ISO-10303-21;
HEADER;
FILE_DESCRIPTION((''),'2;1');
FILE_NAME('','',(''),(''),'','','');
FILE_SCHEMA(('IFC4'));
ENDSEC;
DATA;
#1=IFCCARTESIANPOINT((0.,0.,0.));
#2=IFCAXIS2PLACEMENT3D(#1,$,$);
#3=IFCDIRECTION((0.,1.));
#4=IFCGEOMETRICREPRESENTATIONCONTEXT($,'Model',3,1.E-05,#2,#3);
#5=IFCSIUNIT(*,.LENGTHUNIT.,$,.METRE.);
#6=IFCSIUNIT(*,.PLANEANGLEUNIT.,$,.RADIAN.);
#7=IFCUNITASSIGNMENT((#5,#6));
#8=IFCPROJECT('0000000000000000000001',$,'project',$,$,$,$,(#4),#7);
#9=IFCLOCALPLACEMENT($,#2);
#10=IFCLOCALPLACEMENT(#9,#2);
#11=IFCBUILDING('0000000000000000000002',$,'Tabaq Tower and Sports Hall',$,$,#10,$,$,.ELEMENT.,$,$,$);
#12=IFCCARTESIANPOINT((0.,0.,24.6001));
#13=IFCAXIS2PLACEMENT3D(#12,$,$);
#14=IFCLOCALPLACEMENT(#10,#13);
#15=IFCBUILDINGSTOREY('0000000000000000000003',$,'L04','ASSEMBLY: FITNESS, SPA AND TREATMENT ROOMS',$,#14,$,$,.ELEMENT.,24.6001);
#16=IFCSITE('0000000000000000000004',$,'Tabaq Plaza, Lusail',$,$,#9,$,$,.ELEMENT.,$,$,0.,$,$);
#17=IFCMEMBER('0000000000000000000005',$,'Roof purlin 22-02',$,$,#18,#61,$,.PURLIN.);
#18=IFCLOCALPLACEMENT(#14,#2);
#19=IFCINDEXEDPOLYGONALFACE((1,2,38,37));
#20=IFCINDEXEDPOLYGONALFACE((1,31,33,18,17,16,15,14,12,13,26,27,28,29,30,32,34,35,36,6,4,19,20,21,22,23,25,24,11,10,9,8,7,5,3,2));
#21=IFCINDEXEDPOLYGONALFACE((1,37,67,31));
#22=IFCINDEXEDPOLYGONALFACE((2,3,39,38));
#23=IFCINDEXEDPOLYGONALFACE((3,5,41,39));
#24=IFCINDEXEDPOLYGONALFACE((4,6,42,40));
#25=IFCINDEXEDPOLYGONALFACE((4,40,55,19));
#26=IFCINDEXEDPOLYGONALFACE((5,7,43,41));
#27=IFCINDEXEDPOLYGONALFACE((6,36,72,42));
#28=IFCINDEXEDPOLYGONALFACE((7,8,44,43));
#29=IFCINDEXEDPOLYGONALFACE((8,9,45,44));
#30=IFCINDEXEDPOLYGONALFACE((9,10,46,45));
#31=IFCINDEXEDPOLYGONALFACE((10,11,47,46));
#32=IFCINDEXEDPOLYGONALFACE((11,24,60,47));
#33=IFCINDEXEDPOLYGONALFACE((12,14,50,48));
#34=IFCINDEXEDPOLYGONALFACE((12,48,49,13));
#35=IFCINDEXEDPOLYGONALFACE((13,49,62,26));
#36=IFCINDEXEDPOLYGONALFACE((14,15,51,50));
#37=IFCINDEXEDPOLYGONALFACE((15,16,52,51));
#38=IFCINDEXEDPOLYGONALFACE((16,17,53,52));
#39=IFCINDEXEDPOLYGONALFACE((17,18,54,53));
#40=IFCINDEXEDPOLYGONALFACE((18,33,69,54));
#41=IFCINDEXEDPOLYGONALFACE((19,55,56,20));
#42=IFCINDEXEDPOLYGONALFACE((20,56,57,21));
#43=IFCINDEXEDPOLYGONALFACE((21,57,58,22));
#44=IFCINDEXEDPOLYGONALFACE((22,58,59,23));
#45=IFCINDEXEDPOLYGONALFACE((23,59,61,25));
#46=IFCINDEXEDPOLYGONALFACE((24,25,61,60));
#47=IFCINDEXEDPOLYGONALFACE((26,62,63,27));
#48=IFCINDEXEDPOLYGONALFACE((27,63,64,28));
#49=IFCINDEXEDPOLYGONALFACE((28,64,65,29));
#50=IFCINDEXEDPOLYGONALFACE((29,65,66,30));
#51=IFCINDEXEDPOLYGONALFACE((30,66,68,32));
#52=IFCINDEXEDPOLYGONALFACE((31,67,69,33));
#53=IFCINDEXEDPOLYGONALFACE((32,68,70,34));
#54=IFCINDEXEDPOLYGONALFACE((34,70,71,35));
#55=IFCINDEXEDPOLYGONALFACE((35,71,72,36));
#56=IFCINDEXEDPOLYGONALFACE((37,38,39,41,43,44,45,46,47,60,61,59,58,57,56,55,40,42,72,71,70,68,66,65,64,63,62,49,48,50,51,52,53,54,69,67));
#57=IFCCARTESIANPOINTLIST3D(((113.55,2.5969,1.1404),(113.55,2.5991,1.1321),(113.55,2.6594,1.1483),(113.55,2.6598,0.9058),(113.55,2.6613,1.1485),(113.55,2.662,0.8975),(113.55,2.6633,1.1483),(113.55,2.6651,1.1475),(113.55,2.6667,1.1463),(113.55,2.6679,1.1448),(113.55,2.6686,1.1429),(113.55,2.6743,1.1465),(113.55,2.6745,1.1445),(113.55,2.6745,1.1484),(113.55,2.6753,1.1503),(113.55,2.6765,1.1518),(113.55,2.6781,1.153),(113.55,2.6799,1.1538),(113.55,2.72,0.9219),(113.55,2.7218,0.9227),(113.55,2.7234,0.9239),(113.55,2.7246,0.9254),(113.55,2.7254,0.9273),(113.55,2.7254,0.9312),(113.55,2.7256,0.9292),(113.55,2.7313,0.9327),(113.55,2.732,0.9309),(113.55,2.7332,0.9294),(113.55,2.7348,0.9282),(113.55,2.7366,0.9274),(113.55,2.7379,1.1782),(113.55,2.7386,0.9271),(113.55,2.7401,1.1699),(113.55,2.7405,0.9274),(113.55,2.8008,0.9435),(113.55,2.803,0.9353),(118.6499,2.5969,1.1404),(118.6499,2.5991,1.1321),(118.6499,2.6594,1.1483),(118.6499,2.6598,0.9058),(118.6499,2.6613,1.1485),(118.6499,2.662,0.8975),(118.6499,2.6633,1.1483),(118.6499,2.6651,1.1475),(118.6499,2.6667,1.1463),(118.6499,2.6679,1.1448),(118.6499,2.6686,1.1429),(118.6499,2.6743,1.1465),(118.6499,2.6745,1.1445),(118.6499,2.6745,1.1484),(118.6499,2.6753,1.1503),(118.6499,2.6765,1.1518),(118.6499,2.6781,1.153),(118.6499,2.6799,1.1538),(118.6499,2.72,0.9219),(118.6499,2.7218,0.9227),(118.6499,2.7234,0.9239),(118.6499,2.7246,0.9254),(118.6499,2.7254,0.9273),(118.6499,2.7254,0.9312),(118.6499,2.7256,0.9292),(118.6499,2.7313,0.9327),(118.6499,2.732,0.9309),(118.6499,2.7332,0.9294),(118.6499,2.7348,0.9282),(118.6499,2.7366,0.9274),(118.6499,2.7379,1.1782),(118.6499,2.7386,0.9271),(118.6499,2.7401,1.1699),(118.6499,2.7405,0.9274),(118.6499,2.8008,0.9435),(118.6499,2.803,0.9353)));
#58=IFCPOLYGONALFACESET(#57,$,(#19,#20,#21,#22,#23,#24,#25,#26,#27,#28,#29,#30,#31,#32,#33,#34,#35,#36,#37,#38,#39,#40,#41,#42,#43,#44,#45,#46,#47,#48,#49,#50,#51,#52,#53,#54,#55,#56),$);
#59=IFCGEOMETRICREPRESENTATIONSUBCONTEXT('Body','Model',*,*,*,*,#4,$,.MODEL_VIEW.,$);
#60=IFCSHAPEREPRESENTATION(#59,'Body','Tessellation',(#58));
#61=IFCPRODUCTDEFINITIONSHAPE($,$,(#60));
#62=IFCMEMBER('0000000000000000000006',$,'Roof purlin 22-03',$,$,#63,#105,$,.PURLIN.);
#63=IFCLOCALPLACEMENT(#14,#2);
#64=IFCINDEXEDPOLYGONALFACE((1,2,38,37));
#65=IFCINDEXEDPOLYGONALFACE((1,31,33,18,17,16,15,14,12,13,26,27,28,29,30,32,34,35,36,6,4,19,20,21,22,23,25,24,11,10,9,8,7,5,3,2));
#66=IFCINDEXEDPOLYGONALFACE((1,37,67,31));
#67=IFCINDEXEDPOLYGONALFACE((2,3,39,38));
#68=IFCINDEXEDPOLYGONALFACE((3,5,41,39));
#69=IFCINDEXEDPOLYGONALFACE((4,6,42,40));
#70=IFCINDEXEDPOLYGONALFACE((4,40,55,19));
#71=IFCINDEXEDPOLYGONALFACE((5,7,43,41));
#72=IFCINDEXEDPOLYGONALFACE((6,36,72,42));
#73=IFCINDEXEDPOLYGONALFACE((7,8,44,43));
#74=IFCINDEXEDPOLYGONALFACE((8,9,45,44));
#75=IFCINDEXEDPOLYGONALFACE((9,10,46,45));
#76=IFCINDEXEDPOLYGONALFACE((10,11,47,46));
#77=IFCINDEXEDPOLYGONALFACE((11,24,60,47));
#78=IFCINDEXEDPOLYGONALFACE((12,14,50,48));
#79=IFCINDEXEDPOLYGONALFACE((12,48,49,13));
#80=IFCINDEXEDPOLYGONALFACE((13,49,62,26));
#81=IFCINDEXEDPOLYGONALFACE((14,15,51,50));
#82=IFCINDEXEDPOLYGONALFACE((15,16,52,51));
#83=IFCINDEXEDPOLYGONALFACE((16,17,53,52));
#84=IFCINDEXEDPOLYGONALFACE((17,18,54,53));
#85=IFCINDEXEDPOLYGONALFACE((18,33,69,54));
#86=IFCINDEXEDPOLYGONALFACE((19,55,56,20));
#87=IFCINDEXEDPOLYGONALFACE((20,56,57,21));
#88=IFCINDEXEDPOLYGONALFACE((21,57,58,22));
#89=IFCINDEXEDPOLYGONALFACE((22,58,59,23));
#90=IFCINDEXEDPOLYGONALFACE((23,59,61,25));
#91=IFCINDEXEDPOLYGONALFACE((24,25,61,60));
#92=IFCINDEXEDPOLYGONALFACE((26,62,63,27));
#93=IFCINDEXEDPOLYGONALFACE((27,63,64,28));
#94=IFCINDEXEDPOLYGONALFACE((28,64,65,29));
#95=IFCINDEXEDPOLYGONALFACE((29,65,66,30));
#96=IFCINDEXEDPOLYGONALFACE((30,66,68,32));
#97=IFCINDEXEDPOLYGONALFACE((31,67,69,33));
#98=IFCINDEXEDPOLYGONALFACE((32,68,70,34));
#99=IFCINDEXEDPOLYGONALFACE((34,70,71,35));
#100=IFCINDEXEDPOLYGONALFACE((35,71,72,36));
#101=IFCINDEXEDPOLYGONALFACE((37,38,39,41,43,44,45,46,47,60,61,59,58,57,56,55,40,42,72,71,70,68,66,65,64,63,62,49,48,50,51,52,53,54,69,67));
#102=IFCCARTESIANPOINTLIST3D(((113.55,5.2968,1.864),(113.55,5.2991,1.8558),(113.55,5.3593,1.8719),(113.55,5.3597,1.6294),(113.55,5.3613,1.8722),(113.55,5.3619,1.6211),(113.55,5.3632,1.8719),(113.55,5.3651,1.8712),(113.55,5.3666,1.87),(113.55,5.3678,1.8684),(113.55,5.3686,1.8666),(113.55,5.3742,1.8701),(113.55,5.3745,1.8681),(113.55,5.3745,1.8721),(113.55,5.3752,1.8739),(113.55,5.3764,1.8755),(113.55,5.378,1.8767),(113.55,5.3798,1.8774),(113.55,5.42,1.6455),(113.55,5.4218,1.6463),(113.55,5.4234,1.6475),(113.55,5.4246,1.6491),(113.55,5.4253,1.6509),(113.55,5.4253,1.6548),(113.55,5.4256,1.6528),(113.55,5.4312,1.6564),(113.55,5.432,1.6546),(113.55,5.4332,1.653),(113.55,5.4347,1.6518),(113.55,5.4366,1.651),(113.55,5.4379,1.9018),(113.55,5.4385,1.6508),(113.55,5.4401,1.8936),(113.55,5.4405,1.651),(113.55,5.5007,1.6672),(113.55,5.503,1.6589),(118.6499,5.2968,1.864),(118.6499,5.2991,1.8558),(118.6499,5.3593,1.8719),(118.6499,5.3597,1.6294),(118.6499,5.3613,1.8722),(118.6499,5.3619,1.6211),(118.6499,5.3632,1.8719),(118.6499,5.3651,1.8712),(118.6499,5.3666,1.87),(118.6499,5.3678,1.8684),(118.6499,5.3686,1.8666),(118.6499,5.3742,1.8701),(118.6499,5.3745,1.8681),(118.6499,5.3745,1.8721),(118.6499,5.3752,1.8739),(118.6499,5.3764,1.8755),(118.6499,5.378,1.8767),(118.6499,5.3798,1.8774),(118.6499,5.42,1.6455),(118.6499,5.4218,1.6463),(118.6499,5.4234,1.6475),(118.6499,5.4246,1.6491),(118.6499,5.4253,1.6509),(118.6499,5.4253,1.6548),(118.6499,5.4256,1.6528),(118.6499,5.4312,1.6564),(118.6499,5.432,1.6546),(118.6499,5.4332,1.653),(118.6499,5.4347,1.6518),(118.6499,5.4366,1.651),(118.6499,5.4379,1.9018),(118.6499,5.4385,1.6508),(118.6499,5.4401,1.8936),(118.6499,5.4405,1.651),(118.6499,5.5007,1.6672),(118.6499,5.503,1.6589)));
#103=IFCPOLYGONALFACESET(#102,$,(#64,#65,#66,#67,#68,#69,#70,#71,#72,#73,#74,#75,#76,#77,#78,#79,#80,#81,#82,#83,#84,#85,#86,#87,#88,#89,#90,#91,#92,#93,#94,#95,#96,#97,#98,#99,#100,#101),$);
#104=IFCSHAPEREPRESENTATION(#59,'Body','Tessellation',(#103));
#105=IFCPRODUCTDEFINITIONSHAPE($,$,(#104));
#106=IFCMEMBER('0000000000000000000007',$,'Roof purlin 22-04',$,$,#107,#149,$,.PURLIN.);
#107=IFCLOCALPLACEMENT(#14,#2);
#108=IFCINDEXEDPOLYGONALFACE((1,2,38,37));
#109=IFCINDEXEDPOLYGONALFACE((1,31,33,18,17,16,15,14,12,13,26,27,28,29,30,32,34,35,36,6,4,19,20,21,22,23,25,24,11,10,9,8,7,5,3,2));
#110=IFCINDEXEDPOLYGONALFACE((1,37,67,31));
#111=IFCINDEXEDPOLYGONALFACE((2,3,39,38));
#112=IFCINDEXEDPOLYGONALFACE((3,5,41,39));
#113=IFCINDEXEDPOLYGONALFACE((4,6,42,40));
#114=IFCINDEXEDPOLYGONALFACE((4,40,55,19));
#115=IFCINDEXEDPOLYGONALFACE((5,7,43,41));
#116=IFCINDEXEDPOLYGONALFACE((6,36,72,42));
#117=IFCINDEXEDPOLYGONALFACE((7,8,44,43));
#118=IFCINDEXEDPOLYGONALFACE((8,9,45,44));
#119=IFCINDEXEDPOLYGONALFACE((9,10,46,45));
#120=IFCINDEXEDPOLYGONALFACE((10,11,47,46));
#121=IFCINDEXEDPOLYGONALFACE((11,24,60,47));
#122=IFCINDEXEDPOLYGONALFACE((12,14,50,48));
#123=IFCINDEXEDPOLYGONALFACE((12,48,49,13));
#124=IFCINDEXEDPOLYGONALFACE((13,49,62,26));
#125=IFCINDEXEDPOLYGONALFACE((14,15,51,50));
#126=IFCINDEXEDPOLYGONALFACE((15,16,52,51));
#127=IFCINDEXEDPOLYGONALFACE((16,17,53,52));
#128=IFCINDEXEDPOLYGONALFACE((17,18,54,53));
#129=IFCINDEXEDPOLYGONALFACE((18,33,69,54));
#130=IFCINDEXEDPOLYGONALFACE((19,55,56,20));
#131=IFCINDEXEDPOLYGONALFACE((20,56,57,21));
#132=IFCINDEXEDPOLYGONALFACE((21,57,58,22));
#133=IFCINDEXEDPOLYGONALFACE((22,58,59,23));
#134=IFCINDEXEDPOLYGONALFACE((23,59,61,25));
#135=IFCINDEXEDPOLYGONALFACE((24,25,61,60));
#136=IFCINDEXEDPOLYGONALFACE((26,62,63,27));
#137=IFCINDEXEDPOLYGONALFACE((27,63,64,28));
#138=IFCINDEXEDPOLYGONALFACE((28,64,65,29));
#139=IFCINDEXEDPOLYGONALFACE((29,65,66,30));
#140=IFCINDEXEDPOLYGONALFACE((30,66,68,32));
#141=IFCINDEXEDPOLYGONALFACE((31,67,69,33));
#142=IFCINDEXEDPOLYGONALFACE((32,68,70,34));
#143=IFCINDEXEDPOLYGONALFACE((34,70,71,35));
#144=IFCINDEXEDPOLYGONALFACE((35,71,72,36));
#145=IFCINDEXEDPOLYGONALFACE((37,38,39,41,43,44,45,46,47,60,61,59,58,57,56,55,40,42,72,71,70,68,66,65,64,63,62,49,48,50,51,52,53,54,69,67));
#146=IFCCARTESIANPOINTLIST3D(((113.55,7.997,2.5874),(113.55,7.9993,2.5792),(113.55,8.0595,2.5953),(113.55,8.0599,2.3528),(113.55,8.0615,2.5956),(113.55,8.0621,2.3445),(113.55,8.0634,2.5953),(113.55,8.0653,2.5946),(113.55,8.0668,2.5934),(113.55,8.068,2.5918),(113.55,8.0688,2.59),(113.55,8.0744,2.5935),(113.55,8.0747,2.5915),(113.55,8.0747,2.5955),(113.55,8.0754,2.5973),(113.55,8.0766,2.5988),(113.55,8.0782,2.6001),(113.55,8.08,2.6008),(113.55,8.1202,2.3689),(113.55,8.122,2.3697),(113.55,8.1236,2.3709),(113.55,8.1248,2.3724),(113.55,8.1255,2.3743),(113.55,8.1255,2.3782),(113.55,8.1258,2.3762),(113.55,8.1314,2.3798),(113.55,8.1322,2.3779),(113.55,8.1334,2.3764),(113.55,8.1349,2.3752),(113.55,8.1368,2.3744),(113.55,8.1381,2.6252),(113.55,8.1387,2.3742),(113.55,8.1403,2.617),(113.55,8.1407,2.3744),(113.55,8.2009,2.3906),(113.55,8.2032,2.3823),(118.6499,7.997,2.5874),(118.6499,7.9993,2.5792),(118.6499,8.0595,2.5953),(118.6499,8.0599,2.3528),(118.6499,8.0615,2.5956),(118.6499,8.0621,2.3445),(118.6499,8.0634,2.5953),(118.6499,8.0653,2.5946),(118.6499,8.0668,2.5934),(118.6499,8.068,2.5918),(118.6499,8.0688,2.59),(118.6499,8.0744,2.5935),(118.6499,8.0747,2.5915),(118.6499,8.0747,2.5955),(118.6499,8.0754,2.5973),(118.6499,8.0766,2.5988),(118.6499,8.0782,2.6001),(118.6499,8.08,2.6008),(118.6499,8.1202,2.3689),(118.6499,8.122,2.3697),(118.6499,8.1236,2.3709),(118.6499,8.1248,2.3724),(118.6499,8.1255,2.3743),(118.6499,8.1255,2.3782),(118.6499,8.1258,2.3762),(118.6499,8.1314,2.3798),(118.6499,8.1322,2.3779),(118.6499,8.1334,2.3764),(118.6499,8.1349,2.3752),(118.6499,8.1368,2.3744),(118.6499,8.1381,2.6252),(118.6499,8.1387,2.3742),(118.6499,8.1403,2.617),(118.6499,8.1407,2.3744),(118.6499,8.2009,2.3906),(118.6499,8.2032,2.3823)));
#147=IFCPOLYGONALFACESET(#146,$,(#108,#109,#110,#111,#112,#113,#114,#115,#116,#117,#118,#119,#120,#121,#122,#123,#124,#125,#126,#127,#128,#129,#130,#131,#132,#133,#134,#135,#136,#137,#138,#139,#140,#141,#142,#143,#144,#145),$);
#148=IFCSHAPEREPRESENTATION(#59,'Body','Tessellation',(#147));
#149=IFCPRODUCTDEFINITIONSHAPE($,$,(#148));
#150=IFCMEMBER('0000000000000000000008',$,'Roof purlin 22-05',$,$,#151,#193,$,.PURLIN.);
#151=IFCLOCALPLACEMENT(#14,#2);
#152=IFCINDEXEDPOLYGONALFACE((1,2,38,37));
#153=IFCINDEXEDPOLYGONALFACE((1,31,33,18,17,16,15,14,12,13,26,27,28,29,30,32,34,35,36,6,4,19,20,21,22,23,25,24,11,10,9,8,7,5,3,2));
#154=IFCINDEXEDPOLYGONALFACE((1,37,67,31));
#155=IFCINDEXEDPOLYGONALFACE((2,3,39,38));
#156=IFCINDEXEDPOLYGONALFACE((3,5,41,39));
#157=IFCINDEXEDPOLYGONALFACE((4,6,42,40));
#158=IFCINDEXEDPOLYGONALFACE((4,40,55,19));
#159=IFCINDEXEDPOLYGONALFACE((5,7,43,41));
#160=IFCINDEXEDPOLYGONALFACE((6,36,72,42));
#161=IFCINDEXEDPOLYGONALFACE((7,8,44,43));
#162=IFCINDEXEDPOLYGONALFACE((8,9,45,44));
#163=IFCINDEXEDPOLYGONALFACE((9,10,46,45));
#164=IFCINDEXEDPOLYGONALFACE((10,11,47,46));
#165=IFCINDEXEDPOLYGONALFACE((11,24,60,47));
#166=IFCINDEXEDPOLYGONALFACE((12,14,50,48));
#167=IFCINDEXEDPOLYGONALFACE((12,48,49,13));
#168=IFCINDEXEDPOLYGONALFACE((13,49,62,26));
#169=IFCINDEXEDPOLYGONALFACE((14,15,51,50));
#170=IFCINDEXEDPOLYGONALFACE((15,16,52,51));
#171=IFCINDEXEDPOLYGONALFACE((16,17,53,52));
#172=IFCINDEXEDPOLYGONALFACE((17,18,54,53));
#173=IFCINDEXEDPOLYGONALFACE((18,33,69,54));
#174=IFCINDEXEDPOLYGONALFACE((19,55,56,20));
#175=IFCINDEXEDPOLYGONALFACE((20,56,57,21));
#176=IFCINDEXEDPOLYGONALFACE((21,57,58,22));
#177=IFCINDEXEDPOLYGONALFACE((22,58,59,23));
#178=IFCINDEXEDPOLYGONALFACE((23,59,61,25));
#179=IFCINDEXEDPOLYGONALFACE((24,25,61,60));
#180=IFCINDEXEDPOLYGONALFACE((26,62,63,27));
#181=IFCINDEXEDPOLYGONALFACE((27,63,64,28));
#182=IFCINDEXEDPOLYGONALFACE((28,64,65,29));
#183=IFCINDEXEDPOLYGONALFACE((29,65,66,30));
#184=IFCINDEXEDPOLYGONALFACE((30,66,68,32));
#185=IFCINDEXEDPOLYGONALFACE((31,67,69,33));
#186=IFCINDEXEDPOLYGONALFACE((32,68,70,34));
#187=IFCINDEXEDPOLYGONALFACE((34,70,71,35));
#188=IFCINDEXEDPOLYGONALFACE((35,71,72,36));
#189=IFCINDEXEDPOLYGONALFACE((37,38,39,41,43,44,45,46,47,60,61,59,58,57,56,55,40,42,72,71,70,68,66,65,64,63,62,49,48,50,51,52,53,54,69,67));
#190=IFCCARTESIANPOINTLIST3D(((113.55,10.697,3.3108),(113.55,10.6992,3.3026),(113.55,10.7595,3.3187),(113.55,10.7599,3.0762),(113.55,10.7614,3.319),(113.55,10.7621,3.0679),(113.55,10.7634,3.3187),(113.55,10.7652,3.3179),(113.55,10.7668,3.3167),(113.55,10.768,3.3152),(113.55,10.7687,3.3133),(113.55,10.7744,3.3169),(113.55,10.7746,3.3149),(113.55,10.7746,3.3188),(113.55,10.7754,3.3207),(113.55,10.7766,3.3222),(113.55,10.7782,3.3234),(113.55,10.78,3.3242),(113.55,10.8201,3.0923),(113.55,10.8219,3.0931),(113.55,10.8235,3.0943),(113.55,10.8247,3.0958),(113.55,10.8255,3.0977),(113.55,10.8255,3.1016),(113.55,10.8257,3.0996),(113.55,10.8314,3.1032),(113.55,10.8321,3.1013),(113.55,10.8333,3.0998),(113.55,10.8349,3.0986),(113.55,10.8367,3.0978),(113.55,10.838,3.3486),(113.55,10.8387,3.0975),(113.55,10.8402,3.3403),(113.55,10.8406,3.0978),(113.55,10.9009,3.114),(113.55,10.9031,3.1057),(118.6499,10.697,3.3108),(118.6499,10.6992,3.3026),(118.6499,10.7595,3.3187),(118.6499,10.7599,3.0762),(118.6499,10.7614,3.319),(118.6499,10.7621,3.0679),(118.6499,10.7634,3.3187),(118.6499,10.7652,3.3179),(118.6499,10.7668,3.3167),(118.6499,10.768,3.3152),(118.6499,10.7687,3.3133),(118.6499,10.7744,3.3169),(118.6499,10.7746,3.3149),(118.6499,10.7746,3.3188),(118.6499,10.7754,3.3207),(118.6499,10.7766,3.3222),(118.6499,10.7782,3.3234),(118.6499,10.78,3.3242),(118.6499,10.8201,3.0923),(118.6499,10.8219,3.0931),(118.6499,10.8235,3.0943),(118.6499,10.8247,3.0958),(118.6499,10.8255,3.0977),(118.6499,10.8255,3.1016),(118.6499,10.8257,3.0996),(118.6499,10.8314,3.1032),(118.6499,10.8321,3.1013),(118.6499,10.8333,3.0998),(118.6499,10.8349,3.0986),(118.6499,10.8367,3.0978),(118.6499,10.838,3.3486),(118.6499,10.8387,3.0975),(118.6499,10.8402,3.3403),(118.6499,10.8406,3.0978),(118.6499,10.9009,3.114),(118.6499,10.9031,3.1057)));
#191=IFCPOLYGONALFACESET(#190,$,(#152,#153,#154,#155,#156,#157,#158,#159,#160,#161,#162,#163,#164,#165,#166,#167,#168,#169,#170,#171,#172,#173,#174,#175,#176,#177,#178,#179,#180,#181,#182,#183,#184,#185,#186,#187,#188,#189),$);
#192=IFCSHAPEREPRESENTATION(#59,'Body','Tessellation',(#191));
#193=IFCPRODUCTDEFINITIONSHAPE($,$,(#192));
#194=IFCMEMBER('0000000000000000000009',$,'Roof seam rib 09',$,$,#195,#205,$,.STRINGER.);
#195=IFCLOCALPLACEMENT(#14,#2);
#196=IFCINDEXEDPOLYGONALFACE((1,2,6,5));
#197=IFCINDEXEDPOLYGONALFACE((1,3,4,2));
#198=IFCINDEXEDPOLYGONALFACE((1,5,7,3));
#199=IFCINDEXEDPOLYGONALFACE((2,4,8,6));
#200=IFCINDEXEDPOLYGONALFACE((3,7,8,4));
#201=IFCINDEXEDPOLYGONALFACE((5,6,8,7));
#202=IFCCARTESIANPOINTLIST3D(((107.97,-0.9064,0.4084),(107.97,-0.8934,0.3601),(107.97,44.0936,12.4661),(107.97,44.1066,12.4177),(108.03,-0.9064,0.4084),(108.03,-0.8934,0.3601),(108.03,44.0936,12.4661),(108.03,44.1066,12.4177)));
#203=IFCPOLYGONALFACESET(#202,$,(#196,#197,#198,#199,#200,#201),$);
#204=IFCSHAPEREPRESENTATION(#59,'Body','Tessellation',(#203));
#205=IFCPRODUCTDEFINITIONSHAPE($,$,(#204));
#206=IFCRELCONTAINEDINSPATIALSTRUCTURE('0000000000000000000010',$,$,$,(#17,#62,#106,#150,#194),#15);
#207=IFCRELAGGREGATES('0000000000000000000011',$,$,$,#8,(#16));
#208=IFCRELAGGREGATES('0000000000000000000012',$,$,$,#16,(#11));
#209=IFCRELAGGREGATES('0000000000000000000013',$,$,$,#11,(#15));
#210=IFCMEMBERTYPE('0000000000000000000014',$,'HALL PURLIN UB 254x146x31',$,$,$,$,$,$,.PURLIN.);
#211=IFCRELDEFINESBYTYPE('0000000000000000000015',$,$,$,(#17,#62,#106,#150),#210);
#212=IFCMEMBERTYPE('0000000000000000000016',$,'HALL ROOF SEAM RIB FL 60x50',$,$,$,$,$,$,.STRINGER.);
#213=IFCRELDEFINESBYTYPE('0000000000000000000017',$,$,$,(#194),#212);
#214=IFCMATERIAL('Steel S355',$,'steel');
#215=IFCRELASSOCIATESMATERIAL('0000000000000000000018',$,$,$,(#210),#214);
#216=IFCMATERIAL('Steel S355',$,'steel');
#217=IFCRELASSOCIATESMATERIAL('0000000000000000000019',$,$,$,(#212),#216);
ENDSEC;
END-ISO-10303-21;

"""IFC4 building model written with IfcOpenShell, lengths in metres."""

from ifc_helpers import new_model, si_unit, direction, frame, origin, origin_2d, place, context, subcontext, project, spatial, rectangle, i_section, extrude, material, material_profile, profile_set, type_object, element, save


model = new_model("IFC4")

# Units and contexts
model_context = context("Model", 3, precision=1e-05, world=origin(), true_north=direction((0.0, 1.0)))
body_context = subcontext(model_context, "Body", "Model", "MODEL_VIEW")
ifc_project = project(units=[si_unit("LENGTHUNIT", "METRE"), si_unit("PLANEANGLEUNIT", "RADIAN")], contexts=[model_context])

# Site, building, storey
site_placement = place(None, origin())
site = spatial("IfcSite", under=ifc_project, at=site_placement, Name="Tabaq Plaza, Lusail", CompositionType="ELEMENT", RefElevation=0.0)
building_placement = place(site_placement, origin())
building = spatial("IfcBuilding", under=site, at=building_placement, Name="Tabaq Tower and Sports Hall", CompositionType="ELEMENT")
storey_placement = place(building_placement, frame((0.0, 0.0, 24.6001)))
storey = spatial("IfcBuildingStorey", under=building, at=storey_placement, Name="L04", Description="ASSEMBLY: FITNESS, SPA AND TREATMENT ROOMS", CompositionType="ELEMENT", Elevation=24.6001)

# Members
ifc_material_1 = material(Name="Steel S355", Category="steel")
ifc_material_profile_1 = material_profile(ifc_material_1, i_section(OverallWidth=0.146, OverallDepth=0.2515, WebThickness=0.0061, FlangeThickness=0.0085, FilletRadius=0.0076, at=origin_2d()), Name="UB 254x146x31")
ifc_profile_set_1 = profile_set([ifc_material_profile_1], Name="Steel S355")
member_type_1 = type_object("IfcMemberType", Name="HALL PURLIN UB 254x146x31", PredefinedType="PURLIN", material=ifc_profile_set_1)
for number, where, z_axis, x_axis, name in (
    (1, (113.55, 2.7, 1.0378), (1.0, 0.0, 0.0), (0.0, 0.965926, 0.258819), "Roof purlin 22-02"),
    (2, (113.55, 5.3999, 1.7615), (1.0, 0.0, 0.0), (0.0, 0.965926, 0.258819), "Roof purlin 22-03"),
    (3, (113.55, 8.1001, 2.4849), (1.0, 0.0, 0.0), (0.0, 0.965926, 0.258819), "Roof purlin 22-04"),
    (4, (113.55, 10.8, 3.2083), (1.0, 0.0, 0.0), (0.0, 0.965926, 0.258819), "Roof purlin 22-05"),
):
    element("IfcMember", number, at=place(storey_placement, frame(where, z_axis=z_axis, x_axis=x_axis)), inside=storey, type_object=member_type_1, Name=name, PredefinedType="PURLIN", context=body_context, shape_type="SweptSolid", body=[
        extrude(i_section(OverallWidth=0.146, OverallDepth=0.2515, WebThickness=0.0061, FlangeThickness=0.0085, FilletRadius=0.0076, at=origin_2d()), origin(), (0.0, 0.0, 1.0), 5.0999),
    ])
ifc_material_2 = material(Name="Steel S355", Category="steel")
ifc_material_profile_2 = material_profile(ifc_material_2, rectangle(XDim=0.0601, YDim=0.05, at=origin_2d()), Name="FL 60x50")
ifc_profile_set_2 = profile_set([ifc_material_profile_2], Name="Steel S355")
member_type_2 = type_object("IfcMemberType", Name="HALL ROOF SEAM RIB FL 60x50", PredefinedType="STRINGER", material=ifc_profile_set_2)
for number, where, z_axis, x_axis, name in (
    (5, (108.0, -0.8999, 0.3843), (0.0, 0.965926, 0.258817), (-1.0, 0.0, 0.0), "Roof seam rib 09"),
):
    element("IfcMember", number, at=place(storey_placement, frame(where, z_axis=z_axis, x_axis=x_axis)), inside=storey, type_object=member_type_2, Name=name, PredefinedType="STRINGER", context=body_context, shape_type="SweptSolid", body=[
        extrude(rectangle(XDim=0.0601, YDim=0.05, at=origin_2d()), origin(), (0.0, 0.0, 1.0), 46.5874),
    ])

save(model, "model.ifc")
